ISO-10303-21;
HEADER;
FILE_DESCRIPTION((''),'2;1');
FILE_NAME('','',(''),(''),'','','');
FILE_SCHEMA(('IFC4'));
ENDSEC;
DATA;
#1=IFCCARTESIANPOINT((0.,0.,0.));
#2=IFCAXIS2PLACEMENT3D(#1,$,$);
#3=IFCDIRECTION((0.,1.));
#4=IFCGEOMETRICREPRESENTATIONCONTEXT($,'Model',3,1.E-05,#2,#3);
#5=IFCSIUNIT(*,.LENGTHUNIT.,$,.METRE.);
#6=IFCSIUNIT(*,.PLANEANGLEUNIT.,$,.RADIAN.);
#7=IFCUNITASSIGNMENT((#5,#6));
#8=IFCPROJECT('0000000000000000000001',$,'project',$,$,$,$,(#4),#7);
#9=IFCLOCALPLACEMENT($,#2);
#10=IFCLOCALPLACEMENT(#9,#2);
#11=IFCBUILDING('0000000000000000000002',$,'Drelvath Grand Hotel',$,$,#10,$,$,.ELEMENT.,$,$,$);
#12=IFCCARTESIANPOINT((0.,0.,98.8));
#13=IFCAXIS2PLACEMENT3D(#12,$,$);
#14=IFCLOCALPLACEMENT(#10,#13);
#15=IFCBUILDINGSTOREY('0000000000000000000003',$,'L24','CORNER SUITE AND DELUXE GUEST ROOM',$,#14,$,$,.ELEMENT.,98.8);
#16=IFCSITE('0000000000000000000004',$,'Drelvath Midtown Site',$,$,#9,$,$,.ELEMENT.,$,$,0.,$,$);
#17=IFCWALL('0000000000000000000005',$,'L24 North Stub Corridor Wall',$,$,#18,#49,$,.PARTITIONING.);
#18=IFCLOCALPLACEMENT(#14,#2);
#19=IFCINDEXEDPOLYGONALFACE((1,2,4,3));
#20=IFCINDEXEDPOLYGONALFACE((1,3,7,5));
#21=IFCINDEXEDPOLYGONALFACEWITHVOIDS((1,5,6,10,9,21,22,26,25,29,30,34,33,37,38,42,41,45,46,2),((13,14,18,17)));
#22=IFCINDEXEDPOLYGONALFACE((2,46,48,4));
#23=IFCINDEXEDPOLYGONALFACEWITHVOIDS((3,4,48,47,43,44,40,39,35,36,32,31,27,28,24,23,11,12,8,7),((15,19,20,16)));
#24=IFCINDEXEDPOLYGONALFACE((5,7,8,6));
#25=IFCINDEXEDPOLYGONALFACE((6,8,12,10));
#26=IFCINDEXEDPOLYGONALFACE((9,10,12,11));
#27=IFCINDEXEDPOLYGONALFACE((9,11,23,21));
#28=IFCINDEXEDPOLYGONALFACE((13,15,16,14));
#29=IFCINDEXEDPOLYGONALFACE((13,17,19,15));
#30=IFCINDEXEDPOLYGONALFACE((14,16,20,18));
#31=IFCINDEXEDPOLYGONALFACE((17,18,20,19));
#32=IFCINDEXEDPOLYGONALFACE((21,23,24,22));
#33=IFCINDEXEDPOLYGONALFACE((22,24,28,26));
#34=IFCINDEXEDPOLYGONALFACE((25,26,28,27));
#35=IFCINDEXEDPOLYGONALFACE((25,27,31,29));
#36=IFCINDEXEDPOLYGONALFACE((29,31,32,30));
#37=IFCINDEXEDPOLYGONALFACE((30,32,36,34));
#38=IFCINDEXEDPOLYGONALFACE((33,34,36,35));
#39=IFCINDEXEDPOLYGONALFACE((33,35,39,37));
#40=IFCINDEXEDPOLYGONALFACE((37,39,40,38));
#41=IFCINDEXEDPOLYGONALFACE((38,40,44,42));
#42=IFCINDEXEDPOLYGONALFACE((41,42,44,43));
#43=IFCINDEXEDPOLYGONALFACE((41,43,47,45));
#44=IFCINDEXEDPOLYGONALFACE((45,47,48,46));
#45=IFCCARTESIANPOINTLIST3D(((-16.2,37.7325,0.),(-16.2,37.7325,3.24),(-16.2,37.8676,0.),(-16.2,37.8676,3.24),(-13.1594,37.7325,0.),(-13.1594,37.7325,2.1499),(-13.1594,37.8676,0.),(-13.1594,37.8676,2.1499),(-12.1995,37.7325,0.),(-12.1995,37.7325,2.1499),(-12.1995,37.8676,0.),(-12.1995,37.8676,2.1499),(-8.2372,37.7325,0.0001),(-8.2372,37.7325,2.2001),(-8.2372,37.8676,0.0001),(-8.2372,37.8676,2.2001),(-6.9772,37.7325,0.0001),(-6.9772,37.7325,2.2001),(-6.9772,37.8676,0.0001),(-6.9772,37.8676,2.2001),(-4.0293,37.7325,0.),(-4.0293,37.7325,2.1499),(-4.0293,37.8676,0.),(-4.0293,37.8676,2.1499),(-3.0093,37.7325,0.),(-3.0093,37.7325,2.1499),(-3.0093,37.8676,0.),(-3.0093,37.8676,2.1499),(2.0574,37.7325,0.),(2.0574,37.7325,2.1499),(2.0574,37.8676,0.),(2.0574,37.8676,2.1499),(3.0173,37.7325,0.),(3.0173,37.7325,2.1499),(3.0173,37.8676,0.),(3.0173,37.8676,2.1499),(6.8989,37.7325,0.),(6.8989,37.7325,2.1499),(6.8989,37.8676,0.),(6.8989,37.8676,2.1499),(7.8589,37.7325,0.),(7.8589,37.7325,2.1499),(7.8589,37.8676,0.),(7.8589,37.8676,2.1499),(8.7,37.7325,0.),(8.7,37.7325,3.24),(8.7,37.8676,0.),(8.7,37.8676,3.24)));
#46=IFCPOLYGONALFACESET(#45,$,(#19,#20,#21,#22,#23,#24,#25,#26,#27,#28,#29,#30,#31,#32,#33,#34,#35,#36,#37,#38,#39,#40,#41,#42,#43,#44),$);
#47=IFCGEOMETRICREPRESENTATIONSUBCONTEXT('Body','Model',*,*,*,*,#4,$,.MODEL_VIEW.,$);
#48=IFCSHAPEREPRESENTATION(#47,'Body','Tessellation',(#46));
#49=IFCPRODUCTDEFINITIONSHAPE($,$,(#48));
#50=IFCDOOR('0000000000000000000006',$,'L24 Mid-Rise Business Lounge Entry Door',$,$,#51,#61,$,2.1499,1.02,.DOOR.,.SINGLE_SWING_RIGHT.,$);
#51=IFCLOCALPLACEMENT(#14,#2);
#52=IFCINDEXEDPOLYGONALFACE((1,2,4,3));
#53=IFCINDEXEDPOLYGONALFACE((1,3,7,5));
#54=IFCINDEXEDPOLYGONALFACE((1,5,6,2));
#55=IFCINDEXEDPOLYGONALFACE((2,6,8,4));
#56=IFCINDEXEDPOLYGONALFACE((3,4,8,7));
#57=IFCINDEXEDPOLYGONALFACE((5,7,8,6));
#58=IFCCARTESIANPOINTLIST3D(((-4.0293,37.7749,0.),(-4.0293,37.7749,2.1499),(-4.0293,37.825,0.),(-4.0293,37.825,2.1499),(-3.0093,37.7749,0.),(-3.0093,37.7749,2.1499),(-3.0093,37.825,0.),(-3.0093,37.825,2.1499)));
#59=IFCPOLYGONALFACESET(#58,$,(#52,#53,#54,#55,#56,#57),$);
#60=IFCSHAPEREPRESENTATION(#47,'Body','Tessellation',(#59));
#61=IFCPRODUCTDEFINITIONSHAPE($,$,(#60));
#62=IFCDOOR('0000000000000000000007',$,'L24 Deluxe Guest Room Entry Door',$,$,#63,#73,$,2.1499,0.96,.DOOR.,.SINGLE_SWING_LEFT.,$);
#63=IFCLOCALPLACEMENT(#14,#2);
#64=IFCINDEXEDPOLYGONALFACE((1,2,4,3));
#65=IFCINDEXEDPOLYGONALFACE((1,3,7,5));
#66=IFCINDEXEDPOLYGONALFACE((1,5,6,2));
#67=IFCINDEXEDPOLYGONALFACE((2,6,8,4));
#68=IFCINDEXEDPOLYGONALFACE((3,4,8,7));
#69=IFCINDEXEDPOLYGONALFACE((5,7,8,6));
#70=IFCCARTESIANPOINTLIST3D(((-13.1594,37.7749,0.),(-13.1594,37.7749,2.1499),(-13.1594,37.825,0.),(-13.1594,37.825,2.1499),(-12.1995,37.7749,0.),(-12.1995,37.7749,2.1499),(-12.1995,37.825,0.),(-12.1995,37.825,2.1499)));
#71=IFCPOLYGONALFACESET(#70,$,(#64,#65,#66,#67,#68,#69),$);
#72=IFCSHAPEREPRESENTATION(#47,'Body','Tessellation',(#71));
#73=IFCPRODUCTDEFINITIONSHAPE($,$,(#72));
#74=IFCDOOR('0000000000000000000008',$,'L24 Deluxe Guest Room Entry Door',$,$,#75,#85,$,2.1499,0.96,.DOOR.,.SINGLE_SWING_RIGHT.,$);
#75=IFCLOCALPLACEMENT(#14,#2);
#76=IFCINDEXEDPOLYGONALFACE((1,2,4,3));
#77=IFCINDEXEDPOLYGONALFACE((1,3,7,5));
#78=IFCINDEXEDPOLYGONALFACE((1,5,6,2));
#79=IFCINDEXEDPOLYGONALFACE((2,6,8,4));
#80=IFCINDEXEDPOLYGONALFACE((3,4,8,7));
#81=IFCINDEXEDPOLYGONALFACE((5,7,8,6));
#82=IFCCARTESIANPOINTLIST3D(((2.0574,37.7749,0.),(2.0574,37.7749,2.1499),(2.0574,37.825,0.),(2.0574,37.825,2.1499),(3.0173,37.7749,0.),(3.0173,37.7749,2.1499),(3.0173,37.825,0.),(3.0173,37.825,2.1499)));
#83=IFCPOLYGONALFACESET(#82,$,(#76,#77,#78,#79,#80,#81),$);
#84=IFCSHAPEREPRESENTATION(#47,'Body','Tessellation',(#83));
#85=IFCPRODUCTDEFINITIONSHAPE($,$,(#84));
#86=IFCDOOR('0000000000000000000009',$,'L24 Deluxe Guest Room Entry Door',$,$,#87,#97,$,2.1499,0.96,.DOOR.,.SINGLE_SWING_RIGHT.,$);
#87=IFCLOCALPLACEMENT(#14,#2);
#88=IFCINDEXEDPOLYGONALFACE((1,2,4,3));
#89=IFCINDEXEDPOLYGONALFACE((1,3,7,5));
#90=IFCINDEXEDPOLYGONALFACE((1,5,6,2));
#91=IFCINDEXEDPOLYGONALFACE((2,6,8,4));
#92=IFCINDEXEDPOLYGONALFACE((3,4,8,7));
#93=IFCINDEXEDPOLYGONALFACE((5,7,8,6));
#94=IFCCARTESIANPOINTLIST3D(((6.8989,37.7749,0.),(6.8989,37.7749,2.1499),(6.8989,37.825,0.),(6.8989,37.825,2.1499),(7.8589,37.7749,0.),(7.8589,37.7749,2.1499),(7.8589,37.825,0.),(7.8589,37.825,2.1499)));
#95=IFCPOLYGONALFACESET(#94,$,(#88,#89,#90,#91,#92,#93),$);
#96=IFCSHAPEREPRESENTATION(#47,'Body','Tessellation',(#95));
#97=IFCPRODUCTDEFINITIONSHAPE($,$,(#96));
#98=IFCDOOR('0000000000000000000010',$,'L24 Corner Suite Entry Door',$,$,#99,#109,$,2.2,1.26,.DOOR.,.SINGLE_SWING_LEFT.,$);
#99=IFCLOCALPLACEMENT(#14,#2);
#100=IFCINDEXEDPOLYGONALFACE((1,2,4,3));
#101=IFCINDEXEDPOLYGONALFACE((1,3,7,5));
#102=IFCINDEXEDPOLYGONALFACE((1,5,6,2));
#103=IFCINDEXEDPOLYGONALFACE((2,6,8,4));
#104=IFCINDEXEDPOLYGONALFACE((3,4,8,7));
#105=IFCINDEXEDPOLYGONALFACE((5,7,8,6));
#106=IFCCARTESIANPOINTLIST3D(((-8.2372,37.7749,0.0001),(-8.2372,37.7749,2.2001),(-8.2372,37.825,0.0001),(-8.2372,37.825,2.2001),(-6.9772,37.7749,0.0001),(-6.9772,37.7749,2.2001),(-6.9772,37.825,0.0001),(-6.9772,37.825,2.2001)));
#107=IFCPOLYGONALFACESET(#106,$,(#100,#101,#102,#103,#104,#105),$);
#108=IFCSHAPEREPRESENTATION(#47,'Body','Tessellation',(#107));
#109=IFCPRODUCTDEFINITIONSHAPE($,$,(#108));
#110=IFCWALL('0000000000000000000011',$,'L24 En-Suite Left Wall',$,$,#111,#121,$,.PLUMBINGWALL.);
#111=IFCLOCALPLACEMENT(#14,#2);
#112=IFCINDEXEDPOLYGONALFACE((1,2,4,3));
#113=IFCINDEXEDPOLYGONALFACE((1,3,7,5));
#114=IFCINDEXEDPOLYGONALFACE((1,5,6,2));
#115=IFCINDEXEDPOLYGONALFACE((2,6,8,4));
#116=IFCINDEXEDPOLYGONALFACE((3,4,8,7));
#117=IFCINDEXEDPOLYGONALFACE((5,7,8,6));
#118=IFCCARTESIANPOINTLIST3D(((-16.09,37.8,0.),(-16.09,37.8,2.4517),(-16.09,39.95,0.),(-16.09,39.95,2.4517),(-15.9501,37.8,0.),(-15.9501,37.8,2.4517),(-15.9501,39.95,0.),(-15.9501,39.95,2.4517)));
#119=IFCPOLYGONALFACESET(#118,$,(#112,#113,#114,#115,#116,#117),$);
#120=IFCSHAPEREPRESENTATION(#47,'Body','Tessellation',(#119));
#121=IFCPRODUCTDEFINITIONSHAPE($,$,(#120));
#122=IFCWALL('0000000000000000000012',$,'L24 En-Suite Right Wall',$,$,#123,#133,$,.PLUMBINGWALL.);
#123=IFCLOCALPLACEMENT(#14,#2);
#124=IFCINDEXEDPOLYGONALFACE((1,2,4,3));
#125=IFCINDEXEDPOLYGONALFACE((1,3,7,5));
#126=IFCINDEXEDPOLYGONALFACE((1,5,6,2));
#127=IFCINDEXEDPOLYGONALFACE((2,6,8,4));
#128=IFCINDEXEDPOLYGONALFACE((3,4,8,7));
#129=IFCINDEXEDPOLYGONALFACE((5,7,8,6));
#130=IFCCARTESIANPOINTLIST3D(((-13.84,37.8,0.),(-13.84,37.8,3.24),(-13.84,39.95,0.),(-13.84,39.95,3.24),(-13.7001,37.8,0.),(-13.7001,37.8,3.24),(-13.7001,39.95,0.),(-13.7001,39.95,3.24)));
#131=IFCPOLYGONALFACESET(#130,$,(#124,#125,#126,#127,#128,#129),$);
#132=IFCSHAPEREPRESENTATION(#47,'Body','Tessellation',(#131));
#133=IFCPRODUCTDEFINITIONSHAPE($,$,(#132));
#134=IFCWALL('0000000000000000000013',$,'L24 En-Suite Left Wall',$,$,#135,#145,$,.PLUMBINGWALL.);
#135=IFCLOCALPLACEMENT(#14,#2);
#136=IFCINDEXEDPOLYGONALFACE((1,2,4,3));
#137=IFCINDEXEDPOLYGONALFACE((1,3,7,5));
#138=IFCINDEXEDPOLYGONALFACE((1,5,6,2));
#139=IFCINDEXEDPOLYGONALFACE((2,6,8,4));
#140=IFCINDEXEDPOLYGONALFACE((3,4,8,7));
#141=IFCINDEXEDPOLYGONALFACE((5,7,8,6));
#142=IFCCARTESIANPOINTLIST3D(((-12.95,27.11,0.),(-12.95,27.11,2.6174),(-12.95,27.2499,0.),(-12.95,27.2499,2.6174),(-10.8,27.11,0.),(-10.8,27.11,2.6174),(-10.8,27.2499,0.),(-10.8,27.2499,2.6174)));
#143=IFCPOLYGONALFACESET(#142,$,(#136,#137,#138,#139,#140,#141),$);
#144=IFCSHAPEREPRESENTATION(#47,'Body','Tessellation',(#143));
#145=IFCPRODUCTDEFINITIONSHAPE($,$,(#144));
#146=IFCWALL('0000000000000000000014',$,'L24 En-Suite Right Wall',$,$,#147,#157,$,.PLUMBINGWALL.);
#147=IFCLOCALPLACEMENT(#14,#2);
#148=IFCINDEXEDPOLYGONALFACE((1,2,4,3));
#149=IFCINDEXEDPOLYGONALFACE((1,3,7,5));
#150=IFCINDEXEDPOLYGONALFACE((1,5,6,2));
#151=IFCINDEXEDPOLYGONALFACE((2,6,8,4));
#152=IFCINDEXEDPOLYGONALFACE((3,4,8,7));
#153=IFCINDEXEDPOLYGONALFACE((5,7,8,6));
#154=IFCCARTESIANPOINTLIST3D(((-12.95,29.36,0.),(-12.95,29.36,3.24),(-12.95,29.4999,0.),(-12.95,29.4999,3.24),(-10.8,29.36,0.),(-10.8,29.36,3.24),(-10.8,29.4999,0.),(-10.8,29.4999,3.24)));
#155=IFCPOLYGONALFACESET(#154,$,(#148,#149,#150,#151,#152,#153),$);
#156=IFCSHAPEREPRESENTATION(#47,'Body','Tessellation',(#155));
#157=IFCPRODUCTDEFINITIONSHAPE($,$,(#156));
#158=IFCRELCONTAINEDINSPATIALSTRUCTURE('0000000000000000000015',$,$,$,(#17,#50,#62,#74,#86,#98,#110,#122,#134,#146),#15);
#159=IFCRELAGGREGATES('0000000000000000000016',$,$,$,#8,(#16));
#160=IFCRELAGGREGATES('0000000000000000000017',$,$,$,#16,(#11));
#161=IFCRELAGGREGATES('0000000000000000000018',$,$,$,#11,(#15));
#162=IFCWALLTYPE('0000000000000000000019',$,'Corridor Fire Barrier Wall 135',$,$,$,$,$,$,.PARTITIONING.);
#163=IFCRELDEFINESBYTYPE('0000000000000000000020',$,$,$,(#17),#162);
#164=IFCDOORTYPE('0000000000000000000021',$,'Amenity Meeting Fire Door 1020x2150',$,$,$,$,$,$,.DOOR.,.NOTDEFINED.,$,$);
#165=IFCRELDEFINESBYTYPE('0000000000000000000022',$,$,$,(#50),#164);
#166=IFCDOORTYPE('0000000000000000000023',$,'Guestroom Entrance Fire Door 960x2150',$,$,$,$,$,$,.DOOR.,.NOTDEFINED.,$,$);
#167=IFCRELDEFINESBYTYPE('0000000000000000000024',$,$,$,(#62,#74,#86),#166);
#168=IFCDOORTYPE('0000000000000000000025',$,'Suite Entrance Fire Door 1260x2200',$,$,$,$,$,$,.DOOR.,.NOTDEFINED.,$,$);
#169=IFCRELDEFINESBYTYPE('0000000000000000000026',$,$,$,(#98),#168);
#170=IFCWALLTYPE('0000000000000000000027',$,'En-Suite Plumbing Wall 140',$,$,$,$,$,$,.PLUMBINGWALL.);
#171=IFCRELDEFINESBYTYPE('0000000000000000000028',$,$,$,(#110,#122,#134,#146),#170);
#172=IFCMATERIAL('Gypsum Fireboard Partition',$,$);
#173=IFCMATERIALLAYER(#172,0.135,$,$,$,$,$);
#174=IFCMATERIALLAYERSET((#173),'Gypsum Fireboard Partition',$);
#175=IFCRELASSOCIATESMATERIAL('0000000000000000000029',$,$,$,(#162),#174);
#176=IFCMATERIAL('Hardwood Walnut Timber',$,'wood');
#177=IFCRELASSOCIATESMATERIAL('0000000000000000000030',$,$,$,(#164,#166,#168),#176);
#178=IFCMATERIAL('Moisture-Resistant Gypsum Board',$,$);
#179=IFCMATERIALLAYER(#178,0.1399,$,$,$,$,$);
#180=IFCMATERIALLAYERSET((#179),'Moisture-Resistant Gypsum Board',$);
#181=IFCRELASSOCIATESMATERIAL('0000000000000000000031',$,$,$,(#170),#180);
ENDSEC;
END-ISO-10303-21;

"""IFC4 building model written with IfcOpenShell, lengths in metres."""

from ifc_helpers import new_model, si_unit, direction, frame, frame_2d, origin, place, context, subcontext, project, spatial, rectangle, extrude, material, layer, layer_set, type_object, element, fill, save


model = new_model("IFC4")

# Units and contexts
model_context = context("Model", 3, precision=1e-05, world=origin(), true_north=direction((0.0, 1.0)))
body_context = subcontext(model_context, "Body", "Model", "MODEL_VIEW")
ifc_project = project(units=[si_unit("LENGTHUNIT", "METRE"), si_unit("PLANEANGLEUNIT", "RADIAN")], contexts=[model_context])

# Site, building, storey
site_placement = place(None, origin())
site = spatial("IfcSite", under=ifc_project, at=site_placement, Name="Drelvath Midtown Site", CompositionType="ELEMENT", RefElevation=0.0)
building_placement = place(site_placement, origin())
building = spatial("IfcBuilding", under=site, at=building_placement, Name="Drelvath Grand Hotel", CompositionType="ELEMENT")
storey_placement = place(building_placement, frame((0.0, 0.0, 98.8)))
storey = spatial("IfcBuildingStorey", under=building, at=storey_placement, Name="L24", Description="CORNER SUITE AND DELUXE GUEST ROOM", CompositionType="ELEMENT", Elevation=98.8)

# Shared definitions
ifc_material_1 = material(Name="Gypsum Fireboard Partition")
ifc_layer_1 = layer(ifc_material_1, 0.135)
ifc_layer_set_1 = layer_set([ifc_layer_1], Name="Gypsum Fireboard Partition")
wall_type_1 = type_object("IfcWallType", Name="Corridor Fire Barrier Wall 135", PredefinedType="PARTITIONING", material=ifc_layer_set_1)

# Wall, openings, doors
wall_1_placement = place(storey_placement, frame((-16.2, 37.8, 0.0), z_axis=(0.0, 0.0, 1.0), x_axis=(1.0, 0.0, 0.0)))
wall_1 = element("IfcWall", 1, at=wall_1_placement, inside=storey, type_object=wall_type_1, Name="L24 North Stub Corridor Wall", PredefinedType="PARTITIONING", context=body_context, shape_type="SweptSolid", body=[
    extrude(rectangle(XDim=24.8999, YDim=0.135, at=frame_2d((12.45, 0.0))), origin(), (0.0, 0.0, 1.0), 3.24),
])
opening_1_placement = place(wall_1_placement, frame((3.0405, 0.0, 0.0)))
opening_1 = element("IfcOpeningElement", 2, at=opening_1_placement, cuts=wall_1, PredefinedType="OPENING", context=body_context, shape_type="SweptSolid", body=[
    extrude(rectangle(XDim=0.96, YDim=2.1499, at=frame_2d((0.48, 1.075))), frame((0.0, 0.0774, 0.0), z_axis=(0.0, -1.0, 0.0), x_axis=(1.0, 0.0, 0.0)), (0.0, 0.0, 1.0), 0.155),
])
opening_2_placement = place(wall_1_placement, frame((7.9629, 0.0, 0.0)))
opening_2 = element("IfcOpeningElement", 3, at=opening_2_placement, cuts=wall_1, PredefinedType="OPENING", context=body_context, shape_type="SweptSolid", body=[
    extrude(rectangle(XDim=1.26, YDim=2.2, at=frame_2d((0.6299, 1.1001))), frame((0.0, 0.0774, 0.0), z_axis=(0.0, -1.0, 0.0), x_axis=(1.0, 0.0, 0.0)), (0.0, 0.0, 1.0), 0.155),
])
opening_3_placement = place(wall_1_placement, frame((12.1707, 0.0, 0.0)))
opening_3 = element("IfcOpeningElement", 4, at=opening_3_placement, cuts=wall_1, PredefinedType="OPENING", context=body_context, shape_type="SweptSolid", body=[
    extrude(rectangle(XDim=1.02, YDim=2.1499, at=frame_2d((0.51, 1.075))), frame((0.0, 0.0774, 0.0), z_axis=(0.0, -1.0, 0.0), x_axis=(1.0, 0.0, 0.0)), (0.0, 0.0, 1.0), 0.155),
])
opening_4_placement = place(wall_1_placement, frame((18.2573, 0.0, 0.0)))
opening_4 = element("IfcOpeningElement", 5, at=opening_4_placement, cuts=wall_1, PredefinedType="OPENING", context=body_context, shape_type="SweptSolid", body=[
    extrude(rectangle(XDim=0.96, YDim=2.1499, at=frame_2d((0.48, 1.075))), frame((0.0, 0.0774, 0.0), z_axis=(0.0, -1.0, 0.0), x_axis=(1.0, 0.0, 0.0)), (0.0, 0.0, 1.0), 0.155),
])
opening_5_placement = place(wall_1_placement, frame((23.0989, 0.0, 0.0)))
opening_5 = element("IfcOpeningElement", 6, at=opening_5_placement, cuts=wall_1, PredefinedType="OPENING", context=body_context, shape_type="SweptSolid", body=[
    extrude(rectangle(XDim=0.96, YDim=2.1499, at=frame_2d((0.48, 1.075))), frame((0.0, 0.0774, 0.0), z_axis=(0.0, -1.0, 0.0), x_axis=(1.0, 0.0, 0.0)), (0.0, 0.0, 1.0), 0.155),
])
ifc_material_2 = material(Name="Hardwood Walnut Timber", Category="wood")
door_type_1 = type_object("IfcDoorType", Name="Amenity Meeting Fire Door 1020x2150", OperationType="NOTDEFINED", PredefinedType="DOOR", material=ifc_material_2)
door_1_placement = place(opening_3_placement, origin())
door_1 = element("IfcDoor", 7, at=door_1_placement, inside=storey, type_object=door_type_1, Name="L24 Mid-Rise Business Lounge Entry Door", OperationType="SINGLE_SWING_RIGHT", OverallHeight=2.1499, OverallWidth=1.02, PredefinedType="DOOR", context=body_context, shape_type="SweptSolid", body=[
    extrude(rectangle(XDim=1.02, YDim=2.1499, at=frame_2d((0.51, 1.075))), frame((0.0, 0.0249, 0.0), z_axis=(0.0, -1.0, 0.0), x_axis=(1.0, 0.0, 0.0)), (0.0, 0.0, 1.0), 0.05),
])
fill(opening_3, door_1)
door_type_2 = type_object("IfcDoorType", Name="Guestroom Entrance Fire Door 960x2150", OperationType="NOTDEFINED", PredefinedType="DOOR", material=ifc_material_2)
door_2_placement = place(opening_1_placement, origin())
door_2 = element("IfcDoor", 8, at=door_2_placement, inside=storey, type_object=door_type_2, Name="L24 Deluxe Guest Room Entry Door", OperationType="SINGLE_SWING_LEFT", OverallHeight=2.1499, OverallWidth=0.96, PredefinedType="DOOR", context=body_context, shape_type="SweptSolid", body=[
    extrude(rectangle(XDim=0.96, YDim=2.1499, at=frame_2d((0.48, 1.075))), frame((0.0, 0.0249, 0.0), z_axis=(0.0, -1.0, 0.0), x_axis=(1.0, 0.0, 0.0)), (0.0, 0.0, 1.0), 0.05),
])
fill(opening_1, door_2)
door_3_placement = place(opening_4_placement, origin())
door_3 = element("IfcDoor", 9, at=door_3_placement, inside=storey, type_object=door_type_2, Name="L24 Deluxe Guest Room Entry Door", OperationType="SINGLE_SWING_RIGHT", OverallHeight=2.1499, OverallWidth=0.96, PredefinedType="DOOR", context=body_context, shape_type="SweptSolid", body=[
    extrude(rectangle(XDim=0.96, YDim=2.1499, at=frame_2d((0.48, 1.075))), frame((0.0, 0.0249, 0.0), z_axis=(0.0, -1.0, 0.0), x_axis=(1.0, 0.0, 0.0)), (0.0, 0.0, 1.0), 0.05),
])
fill(opening_4, door_3)
door_4_placement = place(opening_5_placement, origin())
door_4 = element("IfcDoor", 10, at=door_4_placement, inside=storey, type_object=door_type_2, Name="L24 Deluxe Guest Room Entry Door", OperationType="SINGLE_SWING_RIGHT", OverallHeight=2.1499, OverallWidth=0.96, PredefinedType="DOOR", context=body_context, shape_type="SweptSolid", body=[
    extrude(rectangle(XDim=0.96, YDim=2.1499, at=frame_2d((0.48, 1.075))), frame((0.0, 0.0249, 0.0), z_axis=(0.0, -1.0, 0.0), x_axis=(1.0, 0.0, 0.0)), (0.0, 0.0, 1.0), 0.05),
])
fill(opening_5, door_4)
door_type_3 = type_object("IfcDoorType", Name="Suite Entrance Fire Door 1260x2200", OperationType="NOTDEFINED", PredefinedType="DOOR", material=ifc_material_2)
door_5_placement = place(opening_2_placement, origin())
door_5 = element("IfcDoor", 11, at=door_5_placement, inside=storey, type_object=door_type_3, Name="L24 Corner Suite Entry Door", OperationType="SINGLE_SWING_LEFT", OverallHeight=2.2, OverallWidth=1.26, PredefinedType="DOOR", context=body_context, shape_type="SweptSolid", body=[
    extrude(rectangle(XDim=1.26, YDim=2.2, at=frame_2d((0.6299, 1.1001))), frame((0.0, 0.0249, 0.0), z_axis=(0.0, -1.0, 0.0), x_axis=(1.0, 0.0, 0.0)), (0.0, 0.0, 1.0), 0.05),
])
fill(opening_2, door_5)

# Walls
ifc_material_3 = material(Name="Moisture-Resistant Gypsum Board")
ifc_layer_2 = layer(ifc_material_3, 0.1399)
ifc_layer_set_2 = layer_set([ifc_layer_2], Name="Moisture-Resistant Gypsum Board")
wall_type_2 = type_object("IfcWallType", Name="En-Suite Plumbing Wall 140", PredefinedType="PLUMBINGWALL", material=ifc_layer_set_2)
wall_2_placement = place(storey_placement, frame((-16.02, 37.8, 0.0), z_axis=(0.0, 0.0, 1.0), x_axis=(0.0, 1.0, 0.0)))
element("IfcWall", 12, at=wall_2_placement, inside=storey, type_object=wall_type_2, Name="L24 En-Suite Left Wall", PredefinedType="PLUMBINGWALL", context=body_context, shape_type="SweptSolid", body=[
    extrude(rectangle(XDim=2.1499, YDim=0.1399, at=frame_2d((1.075, 0.0))), origin(), (0.0, 0.0, 1.0), 2.4517),
])
wall_3_placement = place(storey_placement, frame((-13.77, 37.8, 0.0), z_axis=(0.0, 0.0, 1.0), x_axis=(0.0, 1.0, 0.0)))
element("IfcWall", 13, at=wall_3_placement, inside=storey, type_object=wall_type_2, Name="L24 En-Suite Right Wall", PredefinedType="PLUMBINGWALL", context=body_context, shape_type="SweptSolid", body=[
    extrude(rectangle(XDim=2.1499, YDim=0.1399, at=frame_2d((1.075, 0.0))), origin(), (0.0, 0.0, 1.0), 3.24),
])
wall_4_placement = place(storey_placement, frame((-10.8, 27.1799, 0.0), z_axis=(0.0, 0.0, 1.0), x_axis=(-1.0, 0.0, 0.0)))
element("IfcWall", 14, at=wall_4_placement, inside=storey, type_object=wall_type_2, Name="L24 En-Suite Left Wall", PredefinedType="PLUMBINGWALL", context=body_context, shape_type="SweptSolid", body=[
    extrude(rectangle(XDim=2.1499, YDim=0.1399, at=frame_2d((1.075, 0.0))), origin(), (0.0, 0.0, 1.0), 2.6174),
])
wall_5_placement = place(storey_placement, frame((-10.8, 29.4299, 0.0), z_axis=(0.0, 0.0, 1.0), x_axis=(-1.0, 0.0, 0.0)))
element("IfcWall", 15, at=wall_5_placement, inside=storey, type_object=wall_type_2, Name="L24 En-Suite Right Wall", PredefinedType="PLUMBINGWALL", context=body_context, shape_type="SweptSolid", body=[
    extrude(rectangle(XDim=2.1499, YDim=0.1399, at=frame_2d((1.075, 0.0))), origin(), (0.0, 0.0, 1.0), 3.24),
])

save(model, "model.ifc")
